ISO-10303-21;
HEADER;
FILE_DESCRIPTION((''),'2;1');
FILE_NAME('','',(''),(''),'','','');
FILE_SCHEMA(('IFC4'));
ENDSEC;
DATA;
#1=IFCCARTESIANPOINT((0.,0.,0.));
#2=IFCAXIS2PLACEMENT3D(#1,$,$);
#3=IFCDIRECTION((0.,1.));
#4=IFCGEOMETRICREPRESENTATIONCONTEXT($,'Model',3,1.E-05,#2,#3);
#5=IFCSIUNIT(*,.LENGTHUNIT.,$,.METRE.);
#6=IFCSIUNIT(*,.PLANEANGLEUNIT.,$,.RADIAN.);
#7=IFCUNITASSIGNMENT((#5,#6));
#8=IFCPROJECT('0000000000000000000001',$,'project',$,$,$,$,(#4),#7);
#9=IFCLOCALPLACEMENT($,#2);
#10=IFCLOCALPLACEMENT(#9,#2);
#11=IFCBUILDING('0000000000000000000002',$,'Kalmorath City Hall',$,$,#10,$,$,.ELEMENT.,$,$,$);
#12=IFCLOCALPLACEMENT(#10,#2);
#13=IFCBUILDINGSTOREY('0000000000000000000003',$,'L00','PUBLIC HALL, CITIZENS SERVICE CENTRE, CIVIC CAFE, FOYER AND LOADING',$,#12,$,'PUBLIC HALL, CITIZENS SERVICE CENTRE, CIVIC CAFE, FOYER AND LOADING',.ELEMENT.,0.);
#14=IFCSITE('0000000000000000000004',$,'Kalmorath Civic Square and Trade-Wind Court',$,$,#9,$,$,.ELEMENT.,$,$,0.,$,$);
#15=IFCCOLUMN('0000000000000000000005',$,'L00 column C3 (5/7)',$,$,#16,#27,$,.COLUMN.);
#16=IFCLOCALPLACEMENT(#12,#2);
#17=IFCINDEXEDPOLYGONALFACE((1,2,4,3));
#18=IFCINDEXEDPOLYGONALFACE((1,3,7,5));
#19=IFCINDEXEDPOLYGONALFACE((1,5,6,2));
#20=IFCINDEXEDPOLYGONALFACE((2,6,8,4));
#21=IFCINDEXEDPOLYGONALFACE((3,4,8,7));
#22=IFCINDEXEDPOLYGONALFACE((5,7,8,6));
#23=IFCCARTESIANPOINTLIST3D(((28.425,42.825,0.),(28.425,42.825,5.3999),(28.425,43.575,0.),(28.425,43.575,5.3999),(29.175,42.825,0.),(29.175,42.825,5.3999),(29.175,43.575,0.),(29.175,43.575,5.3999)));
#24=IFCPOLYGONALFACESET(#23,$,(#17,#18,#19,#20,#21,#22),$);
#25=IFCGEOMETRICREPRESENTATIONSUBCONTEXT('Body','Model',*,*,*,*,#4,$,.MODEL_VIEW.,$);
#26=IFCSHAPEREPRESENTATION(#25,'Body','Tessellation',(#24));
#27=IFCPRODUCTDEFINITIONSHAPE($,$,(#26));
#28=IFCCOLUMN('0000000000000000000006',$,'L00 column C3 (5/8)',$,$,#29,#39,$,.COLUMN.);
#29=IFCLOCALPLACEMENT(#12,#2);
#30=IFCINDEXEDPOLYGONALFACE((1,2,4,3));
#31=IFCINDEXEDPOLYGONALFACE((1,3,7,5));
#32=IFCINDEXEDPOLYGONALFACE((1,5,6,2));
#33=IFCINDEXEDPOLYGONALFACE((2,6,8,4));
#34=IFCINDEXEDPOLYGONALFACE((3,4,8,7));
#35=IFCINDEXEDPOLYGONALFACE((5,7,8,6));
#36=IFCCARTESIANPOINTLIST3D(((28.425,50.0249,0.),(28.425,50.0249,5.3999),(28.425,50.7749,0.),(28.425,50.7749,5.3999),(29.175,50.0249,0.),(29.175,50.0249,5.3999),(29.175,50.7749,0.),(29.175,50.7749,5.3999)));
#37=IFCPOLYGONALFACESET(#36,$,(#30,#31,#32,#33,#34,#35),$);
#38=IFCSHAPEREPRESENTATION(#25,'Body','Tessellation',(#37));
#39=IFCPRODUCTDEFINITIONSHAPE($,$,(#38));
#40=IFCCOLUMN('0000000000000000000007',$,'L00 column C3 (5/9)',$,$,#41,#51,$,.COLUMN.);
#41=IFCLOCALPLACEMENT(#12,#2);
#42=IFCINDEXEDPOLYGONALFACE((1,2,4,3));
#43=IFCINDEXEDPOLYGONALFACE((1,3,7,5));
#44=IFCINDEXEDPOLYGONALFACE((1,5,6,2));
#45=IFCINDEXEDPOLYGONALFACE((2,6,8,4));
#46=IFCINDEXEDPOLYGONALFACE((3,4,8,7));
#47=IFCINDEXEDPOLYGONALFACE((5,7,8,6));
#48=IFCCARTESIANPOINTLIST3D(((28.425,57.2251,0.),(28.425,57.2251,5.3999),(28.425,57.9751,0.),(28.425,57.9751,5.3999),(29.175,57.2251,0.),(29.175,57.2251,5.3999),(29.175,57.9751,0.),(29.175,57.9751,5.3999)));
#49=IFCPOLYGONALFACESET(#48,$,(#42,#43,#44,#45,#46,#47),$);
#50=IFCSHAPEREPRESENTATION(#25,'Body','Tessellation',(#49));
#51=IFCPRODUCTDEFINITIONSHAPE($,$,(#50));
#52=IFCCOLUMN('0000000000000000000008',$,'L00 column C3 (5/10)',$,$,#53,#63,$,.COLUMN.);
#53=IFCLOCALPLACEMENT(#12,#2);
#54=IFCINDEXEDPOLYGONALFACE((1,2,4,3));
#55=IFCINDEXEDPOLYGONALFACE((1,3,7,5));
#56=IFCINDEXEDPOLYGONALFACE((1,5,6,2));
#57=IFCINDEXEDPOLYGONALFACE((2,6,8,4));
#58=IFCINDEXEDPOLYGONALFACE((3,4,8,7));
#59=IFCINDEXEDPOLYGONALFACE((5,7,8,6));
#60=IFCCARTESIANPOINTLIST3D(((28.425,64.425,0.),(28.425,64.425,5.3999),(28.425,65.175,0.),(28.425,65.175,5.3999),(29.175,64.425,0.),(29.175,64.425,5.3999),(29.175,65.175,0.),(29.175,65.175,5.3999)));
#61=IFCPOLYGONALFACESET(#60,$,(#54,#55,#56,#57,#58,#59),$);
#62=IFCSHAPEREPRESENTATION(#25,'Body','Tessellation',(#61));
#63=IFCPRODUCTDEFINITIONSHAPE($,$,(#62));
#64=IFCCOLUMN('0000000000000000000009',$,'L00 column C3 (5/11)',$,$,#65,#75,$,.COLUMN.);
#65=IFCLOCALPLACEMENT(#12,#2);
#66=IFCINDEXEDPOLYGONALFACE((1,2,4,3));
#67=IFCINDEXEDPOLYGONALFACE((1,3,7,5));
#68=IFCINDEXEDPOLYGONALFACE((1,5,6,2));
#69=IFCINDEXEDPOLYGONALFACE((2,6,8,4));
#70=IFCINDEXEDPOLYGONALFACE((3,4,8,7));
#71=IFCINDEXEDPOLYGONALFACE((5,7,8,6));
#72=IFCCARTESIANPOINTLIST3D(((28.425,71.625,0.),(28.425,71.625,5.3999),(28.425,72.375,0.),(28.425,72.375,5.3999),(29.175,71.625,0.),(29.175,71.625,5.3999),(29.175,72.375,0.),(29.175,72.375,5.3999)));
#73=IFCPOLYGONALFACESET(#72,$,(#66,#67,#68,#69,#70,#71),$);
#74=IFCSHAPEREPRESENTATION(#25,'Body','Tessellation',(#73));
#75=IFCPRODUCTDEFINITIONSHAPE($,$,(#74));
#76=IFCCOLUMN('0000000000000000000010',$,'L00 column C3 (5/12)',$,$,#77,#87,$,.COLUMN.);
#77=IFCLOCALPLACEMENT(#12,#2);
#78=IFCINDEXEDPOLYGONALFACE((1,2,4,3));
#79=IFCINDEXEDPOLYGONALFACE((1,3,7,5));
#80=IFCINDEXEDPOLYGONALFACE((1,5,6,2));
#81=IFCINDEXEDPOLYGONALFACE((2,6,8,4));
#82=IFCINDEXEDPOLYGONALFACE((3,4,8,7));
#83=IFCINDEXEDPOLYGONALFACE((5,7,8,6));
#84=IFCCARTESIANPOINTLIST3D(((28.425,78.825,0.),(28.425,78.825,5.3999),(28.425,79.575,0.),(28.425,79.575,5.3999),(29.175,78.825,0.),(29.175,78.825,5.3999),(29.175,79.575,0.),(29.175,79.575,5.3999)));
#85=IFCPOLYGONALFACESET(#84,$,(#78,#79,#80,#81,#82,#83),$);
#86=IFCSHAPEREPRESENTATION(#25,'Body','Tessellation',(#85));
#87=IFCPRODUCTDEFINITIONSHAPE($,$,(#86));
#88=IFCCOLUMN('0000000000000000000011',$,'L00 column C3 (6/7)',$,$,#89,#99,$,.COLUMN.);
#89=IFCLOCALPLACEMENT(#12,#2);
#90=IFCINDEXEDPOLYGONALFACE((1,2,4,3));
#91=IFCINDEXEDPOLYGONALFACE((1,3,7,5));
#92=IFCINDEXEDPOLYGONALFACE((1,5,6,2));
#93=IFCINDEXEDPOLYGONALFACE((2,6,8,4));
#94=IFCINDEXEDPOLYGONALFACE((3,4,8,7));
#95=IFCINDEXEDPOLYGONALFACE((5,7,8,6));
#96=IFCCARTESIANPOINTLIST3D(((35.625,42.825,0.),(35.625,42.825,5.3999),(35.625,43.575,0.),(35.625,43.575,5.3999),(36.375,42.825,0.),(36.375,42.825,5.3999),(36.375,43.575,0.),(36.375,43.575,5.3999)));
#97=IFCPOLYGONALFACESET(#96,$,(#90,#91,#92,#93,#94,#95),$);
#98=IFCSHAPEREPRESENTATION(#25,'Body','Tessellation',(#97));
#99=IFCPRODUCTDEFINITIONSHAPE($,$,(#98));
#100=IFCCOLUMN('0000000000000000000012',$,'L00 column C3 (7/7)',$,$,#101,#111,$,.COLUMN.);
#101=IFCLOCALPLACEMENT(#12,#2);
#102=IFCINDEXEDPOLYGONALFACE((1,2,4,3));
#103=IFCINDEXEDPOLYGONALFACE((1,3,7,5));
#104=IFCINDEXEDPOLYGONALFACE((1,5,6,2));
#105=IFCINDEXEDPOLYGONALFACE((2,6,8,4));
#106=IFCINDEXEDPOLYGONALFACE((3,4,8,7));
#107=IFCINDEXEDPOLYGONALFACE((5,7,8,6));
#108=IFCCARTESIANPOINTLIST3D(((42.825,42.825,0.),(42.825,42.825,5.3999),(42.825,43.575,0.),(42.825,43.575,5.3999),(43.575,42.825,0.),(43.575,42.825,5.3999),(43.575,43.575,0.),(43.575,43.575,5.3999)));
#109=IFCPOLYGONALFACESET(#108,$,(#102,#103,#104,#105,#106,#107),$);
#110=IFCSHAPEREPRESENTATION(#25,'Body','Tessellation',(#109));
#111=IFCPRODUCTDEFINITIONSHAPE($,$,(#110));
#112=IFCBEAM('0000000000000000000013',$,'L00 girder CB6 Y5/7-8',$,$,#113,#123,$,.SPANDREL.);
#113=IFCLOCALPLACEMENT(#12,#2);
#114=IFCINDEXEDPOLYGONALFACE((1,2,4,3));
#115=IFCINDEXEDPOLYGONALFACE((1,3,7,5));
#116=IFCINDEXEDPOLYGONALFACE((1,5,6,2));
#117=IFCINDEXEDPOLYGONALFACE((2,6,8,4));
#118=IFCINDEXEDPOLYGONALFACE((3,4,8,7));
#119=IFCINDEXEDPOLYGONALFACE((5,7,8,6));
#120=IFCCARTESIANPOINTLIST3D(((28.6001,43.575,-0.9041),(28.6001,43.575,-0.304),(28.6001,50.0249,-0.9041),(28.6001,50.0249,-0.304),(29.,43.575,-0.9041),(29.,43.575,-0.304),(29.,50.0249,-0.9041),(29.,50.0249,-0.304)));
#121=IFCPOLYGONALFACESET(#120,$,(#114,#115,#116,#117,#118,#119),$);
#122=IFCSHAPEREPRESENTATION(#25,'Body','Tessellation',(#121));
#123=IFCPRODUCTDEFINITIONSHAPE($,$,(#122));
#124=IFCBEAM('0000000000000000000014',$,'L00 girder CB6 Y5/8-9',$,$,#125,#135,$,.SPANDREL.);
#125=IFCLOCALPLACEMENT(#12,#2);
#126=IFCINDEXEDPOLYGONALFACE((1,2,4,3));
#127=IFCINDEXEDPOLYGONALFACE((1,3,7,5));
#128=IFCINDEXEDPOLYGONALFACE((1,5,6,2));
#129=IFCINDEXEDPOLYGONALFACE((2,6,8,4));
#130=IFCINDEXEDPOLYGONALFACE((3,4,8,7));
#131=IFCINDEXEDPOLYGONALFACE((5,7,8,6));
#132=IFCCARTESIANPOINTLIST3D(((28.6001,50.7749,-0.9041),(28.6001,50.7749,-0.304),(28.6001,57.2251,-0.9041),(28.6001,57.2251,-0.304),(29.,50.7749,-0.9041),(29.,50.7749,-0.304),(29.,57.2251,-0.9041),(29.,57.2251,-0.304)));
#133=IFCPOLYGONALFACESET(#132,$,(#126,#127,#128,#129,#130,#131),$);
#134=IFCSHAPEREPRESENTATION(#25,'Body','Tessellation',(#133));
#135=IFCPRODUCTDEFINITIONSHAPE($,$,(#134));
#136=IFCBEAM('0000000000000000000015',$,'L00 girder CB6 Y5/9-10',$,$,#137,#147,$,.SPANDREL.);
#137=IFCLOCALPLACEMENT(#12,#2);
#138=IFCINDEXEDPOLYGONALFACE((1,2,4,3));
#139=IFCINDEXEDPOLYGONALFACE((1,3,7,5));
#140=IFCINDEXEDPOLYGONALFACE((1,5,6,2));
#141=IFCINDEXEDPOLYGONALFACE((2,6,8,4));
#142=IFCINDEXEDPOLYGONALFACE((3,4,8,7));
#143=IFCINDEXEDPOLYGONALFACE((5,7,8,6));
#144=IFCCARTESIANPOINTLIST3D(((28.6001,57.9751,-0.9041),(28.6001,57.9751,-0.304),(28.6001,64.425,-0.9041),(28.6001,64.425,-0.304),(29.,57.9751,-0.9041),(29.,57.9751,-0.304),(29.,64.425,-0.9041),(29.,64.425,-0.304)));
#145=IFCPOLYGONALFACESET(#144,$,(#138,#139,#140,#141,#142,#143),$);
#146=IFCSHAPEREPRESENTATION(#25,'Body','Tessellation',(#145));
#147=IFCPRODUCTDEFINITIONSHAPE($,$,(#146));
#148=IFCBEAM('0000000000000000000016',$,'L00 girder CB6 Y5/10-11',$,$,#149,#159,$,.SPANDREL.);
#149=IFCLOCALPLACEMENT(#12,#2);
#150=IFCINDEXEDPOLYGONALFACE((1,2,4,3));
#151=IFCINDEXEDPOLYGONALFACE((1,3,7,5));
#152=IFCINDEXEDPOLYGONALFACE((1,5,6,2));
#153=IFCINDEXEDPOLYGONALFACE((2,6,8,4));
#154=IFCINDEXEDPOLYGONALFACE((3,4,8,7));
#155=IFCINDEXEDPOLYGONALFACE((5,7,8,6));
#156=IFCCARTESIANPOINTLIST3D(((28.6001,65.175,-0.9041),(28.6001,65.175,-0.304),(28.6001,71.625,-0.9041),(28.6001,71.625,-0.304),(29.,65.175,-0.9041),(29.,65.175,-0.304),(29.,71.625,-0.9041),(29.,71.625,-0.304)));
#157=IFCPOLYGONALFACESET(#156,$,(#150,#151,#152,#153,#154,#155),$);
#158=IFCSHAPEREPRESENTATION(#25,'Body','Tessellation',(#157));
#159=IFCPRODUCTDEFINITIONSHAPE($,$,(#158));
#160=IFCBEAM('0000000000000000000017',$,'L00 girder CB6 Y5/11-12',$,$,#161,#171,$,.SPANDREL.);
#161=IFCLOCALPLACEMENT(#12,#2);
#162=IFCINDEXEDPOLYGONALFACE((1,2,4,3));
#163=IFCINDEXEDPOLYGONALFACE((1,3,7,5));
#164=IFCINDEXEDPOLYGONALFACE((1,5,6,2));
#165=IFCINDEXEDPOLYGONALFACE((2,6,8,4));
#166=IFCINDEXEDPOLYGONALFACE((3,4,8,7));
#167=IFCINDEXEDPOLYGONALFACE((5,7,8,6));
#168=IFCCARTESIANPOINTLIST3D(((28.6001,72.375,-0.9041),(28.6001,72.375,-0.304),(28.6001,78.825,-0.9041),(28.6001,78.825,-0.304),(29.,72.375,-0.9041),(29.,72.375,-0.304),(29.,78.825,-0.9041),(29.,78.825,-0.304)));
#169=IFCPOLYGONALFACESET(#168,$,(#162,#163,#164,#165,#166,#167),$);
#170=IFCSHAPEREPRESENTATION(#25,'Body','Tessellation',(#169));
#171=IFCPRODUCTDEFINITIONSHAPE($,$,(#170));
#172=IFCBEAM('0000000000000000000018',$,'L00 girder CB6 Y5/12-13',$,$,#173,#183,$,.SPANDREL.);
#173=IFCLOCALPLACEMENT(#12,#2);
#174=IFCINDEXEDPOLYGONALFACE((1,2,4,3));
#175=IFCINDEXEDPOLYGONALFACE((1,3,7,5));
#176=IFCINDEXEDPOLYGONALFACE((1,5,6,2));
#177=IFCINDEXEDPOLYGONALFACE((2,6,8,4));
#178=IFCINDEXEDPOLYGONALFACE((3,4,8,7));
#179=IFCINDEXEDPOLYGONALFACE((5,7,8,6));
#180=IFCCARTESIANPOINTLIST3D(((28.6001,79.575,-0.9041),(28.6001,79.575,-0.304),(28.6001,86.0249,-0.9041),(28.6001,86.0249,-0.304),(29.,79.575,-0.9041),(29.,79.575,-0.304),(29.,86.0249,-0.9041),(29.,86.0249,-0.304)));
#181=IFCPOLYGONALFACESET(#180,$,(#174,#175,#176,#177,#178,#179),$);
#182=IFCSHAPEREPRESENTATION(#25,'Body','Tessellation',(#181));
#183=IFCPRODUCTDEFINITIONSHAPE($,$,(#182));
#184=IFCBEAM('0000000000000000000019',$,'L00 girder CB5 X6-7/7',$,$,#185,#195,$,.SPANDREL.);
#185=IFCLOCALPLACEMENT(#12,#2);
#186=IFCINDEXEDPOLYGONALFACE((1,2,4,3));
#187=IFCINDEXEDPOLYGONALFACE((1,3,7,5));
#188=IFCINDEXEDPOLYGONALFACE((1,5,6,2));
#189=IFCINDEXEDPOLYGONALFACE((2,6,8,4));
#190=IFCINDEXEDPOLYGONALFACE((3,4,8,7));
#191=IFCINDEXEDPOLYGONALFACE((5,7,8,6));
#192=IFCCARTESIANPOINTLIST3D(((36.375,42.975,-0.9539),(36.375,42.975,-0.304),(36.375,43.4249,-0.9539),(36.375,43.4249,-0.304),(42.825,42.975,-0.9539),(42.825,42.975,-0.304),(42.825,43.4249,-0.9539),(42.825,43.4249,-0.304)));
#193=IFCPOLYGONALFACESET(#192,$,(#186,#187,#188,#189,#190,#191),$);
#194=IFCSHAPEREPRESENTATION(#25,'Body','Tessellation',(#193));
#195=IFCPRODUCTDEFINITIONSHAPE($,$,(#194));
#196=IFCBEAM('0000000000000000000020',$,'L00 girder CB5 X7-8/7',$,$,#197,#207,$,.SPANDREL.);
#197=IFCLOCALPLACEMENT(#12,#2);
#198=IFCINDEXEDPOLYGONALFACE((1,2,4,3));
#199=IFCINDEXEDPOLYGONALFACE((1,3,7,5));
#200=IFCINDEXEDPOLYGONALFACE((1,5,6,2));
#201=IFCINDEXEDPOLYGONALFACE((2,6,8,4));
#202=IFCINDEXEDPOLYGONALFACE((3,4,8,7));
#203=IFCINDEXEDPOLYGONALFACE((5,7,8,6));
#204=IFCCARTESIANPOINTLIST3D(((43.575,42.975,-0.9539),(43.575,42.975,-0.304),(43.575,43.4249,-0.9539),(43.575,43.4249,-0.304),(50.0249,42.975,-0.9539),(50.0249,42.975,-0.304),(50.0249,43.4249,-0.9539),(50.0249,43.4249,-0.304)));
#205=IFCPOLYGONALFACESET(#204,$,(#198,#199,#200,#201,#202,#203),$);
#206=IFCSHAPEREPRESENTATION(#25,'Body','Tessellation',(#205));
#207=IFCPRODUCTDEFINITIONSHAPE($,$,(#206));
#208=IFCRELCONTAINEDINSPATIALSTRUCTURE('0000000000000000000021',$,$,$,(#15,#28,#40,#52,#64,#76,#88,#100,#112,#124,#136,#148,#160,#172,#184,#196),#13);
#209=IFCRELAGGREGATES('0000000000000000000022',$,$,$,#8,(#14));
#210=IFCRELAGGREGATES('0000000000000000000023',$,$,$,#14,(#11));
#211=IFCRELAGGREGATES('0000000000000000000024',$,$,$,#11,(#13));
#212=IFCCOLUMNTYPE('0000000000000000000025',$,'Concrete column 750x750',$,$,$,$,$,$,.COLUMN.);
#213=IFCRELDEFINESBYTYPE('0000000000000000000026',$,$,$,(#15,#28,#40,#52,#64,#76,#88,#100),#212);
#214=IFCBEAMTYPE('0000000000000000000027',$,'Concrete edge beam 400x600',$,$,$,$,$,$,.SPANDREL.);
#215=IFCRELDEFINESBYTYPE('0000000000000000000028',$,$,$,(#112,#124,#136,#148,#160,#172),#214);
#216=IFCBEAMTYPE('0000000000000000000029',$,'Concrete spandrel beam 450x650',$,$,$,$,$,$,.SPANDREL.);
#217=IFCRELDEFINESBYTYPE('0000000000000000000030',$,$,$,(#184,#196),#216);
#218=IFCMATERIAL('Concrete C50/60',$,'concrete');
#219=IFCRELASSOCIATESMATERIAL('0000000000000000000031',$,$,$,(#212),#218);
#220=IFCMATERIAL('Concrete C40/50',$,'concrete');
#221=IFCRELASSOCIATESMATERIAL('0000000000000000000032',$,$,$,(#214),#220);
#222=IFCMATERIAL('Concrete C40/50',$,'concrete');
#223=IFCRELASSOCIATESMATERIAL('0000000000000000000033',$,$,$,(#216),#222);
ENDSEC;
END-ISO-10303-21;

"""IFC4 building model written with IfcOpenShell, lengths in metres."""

from ifc_helpers import new_model, si_unit, direction, frame, origin, origin_2d, place, context, subcontext, project, spatial, rectangle, extrude, material, material_profile, profile_set, type_object, element, save


model = new_model("IFC4")

# Units and contexts
model_context = context("Model", 3, precision=1e-05, world=origin(), true_north=direction((0.0, 1.0)))
body_context = subcontext(model_context, "Body", "Model", "MODEL_VIEW")
ifc_project = project(units=[si_unit("LENGTHUNIT", "METRE"), si_unit("PLANEANGLEUNIT", "RADIAN")], contexts=[model_context])

# Site, building, storey
site_placement = place(None, origin())
site = spatial("IfcSite", under=ifc_project, at=site_placement, Name="Kalmorath Civic Square and Trade-Wind Court", CompositionType="ELEMENT", RefElevation=0.0)
building_placement = place(site_placement, origin())
building = spatial("IfcBuilding", under=site, at=building_placement, Name="Kalmorath City Hall", CompositionType="ELEMENT")
storey_placement = place(building_placement, origin())
storey = spatial("IfcBuildingStorey", under=building, at=storey_placement, Name="L00", Description="PUBLIC HALL, CITIZENS SERVICE CENTRE, CIVIC CAFE, FOYER AND LOADING", LongName="PUBLIC HALL, CITIZENS SERVICE CENTRE, CIVIC CAFE, FOYER AND LOADING", CompositionType="ELEMENT", Elevation=0.0)

# Columns
ifc_material_1 = material(Name="Concrete C50/60", Category="concrete")
ifc_material_profile_1 = material_profile(ifc_material_1, rectangle(XDim=0.75, YDim=0.75, at=origin_2d()), Name="RC-COL-750X750")
ifc_profile_set_1 = profile_set([ifc_material_profile_1], Name="Concrete C50/60")
column_type = type_object("IfcColumnType", Name="Concrete column 750x750", PredefinedType="COLUMN", material=ifc_profile_set_1)
for number, where, z_axis, x_axis, name in (
    (1, (28.8, 43.2, 0.0), (0.0, 0.0, 1.0), (1.0, 0.0, 0.0), "L00 column C3 (5/7)"),
    (2, (28.8, 50.3999, 0.0), (0.0, 0.0, 1.0), (1.0, 0.0, 0.0), "L00 column C3 (5/8)"),
    (3, (28.8, 57.6001, 0.0), (0.0, 0.0, 1.0), (1.0, 0.0, 0.0), "L00 column C3 (5/9)"),
    (4, (28.8, 64.8, 0.0), (0.0, 0.0, 1.0), (1.0, 0.0, 0.0), "L00 column C3 (5/10)"),
    (5, (28.8, 72.0, 0.0), (0.0, 0.0, 1.0), (1.0, 0.0, 0.0), "L00 column C3 (5/11)"),
    (6, (28.8, 79.2, 0.0), (0.0, 0.0, 1.0), (1.0, 0.0, 0.0), "L00 column C3 (5/12)"),
    (7, (36.0, 43.2, 0.0), (0.0, 0.0, 1.0), (1.0, 0.0, 0.0), "L00 column C3 (6/7)"),
    (8, (43.2, 43.2, 0.0), (0.0, 0.0, 1.0), (1.0, 0.0, 0.0), "L00 column C3 (7/7)"),
):
    element("IfcColumn", number, at=place(storey_placement, frame(where, z_axis=z_axis, x_axis=x_axis)), inside=storey, type_object=column_type, Name=name, PredefinedType="COLUMN", context=body_context, shape_type="SweptSolid", body=[
        extrude(rectangle(XDim=0.75, YDim=0.75, at=origin_2d()), origin(), (0.0, 0.0, 1.0), 5.3999),
    ])

# Beams
ifc_material_2 = material(Name="Concrete C40/50", Category="concrete")
ifc_material_profile_2 = material_profile(ifc_material_2, rectangle(XDim=0.3999, YDim=0.6001, at=origin_2d()), Name="RC-BM-400X600")
ifc_profile_set_2 = profile_set([ifc_material_profile_2], Name="Concrete C40/50")
beam_type_1 = type_object("IfcBeamType", Name="Concrete edge beam 400x600", PredefinedType="SPANDREL", material=ifc_profile_set_2)
beam_1_placement = place(storey_placement, frame((28.8, 43.575, -0.604), z_axis=(0.0, 1.0, 0.0), x_axis=(-1.0, 0.0, 0.0)))
element("IfcBeam", 9, at=beam_1_placement, inside=storey, type_object=beam_type_1, Name="L00 girder CB6 Y5/7-8", PredefinedType="SPANDREL", context=body_context, shape_type="SweptSolid", body=[
    extrude(rectangle(XDim=0.3999, YDim=0.6001, at=origin_2d()), origin(), (0.0, 0.0, 1.0), 6.45),
])
beam_2_placement = place(storey_placement, frame((28.8, 50.7749, -0.604), z_axis=(0.0, 1.0, 0.0), x_axis=(-1.0, 0.0, 0.0)))
element("IfcBeam", 10, at=beam_2_placement, inside=storey, type_object=beam_type_1, Name="L00 girder CB6 Y5/8-9", PredefinedType="SPANDREL", context=body_context, shape_type="SweptSolid", body=[
    extrude(rectangle(XDim=0.3999, YDim=0.6001, at=origin_2d()), origin(), (0.0, 0.0, 1.0), 6.4502),
])
for number, where, z_axis, x_axis, name in (
    (11, (28.8, 57.9751, -0.604), (0.0, 1.0, 0.0), (-1.0, 0.0, 0.0), "L00 girder CB6 Y5/9-10"),
    (12, (28.8, 65.175, -0.604), (0.0, 1.0, 0.0), (-1.0, 0.0, 0.0), "L00 girder CB6 Y5/10-11"),
    (13, (28.8, 72.375, -0.604), (0.0, 1.0, 0.0), (-1.0, 0.0, 0.0), "L00 girder CB6 Y5/11-12"),
    (14, (28.8, 79.575, -0.604), (0.0, 1.0, 0.0), (-1.0, 0.0, 0.0), "L00 girder CB6 Y5/12-13"),
):
    element("IfcBeam", number, at=place(storey_placement, frame(where, z_axis=z_axis, x_axis=x_axis)), inside=storey, type_object=beam_type_1, Name=name, PredefinedType="SPANDREL", context=body_context, shape_type="SweptSolid", body=[
        extrude(rectangle(XDim=0.3999, YDim=0.6001, at=origin_2d()), origin(), (0.0, 0.0, 1.0), 6.45),
    ])
ifc_material_3 = material(Name="Concrete C40/50", Category="concrete")
ifc_material_profile_3 = material_profile(ifc_material_3, rectangle(XDim=0.45, YDim=0.6499, at=origin_2d()), Name="RC-BM-450X650")
ifc_profile_set_3 = profile_set([ifc_material_profile_3], Name="Concrete C40/50")
beam_type_2 = type_object("IfcBeamType", Name="Concrete spandrel beam 450x650", PredefinedType="SPANDREL", material=ifc_profile_set_3)
for number, where, z_axis, x_axis, name in (
    (15, (36.375, 43.2, -0.6289), (1.0, 0.0, 0.0), (0.0, 1.0, 0.0), "L00 girder CB5 X6-7/7"),
    (16, (43.575, 43.2, -0.6289), (1.0, 0.0, 0.0), (0.0, 1.0, 0.0), "L00 girder CB5 X7-8/7"),
):
    element("IfcBeam", number, at=place(storey_placement, frame(where, z_axis=z_axis, x_axis=x_axis)), inside=storey, type_object=beam_type_2, Name=name, PredefinedType="SPANDREL", context=body_context, shape_type="SweptSolid", body=[
        extrude(rectangle(XDim=0.45, YDim=0.6499, at=origin_2d()), origin(), (0.0, 0.0, 1.0), 6.45),
    ])

save(model, "model.ifc")
